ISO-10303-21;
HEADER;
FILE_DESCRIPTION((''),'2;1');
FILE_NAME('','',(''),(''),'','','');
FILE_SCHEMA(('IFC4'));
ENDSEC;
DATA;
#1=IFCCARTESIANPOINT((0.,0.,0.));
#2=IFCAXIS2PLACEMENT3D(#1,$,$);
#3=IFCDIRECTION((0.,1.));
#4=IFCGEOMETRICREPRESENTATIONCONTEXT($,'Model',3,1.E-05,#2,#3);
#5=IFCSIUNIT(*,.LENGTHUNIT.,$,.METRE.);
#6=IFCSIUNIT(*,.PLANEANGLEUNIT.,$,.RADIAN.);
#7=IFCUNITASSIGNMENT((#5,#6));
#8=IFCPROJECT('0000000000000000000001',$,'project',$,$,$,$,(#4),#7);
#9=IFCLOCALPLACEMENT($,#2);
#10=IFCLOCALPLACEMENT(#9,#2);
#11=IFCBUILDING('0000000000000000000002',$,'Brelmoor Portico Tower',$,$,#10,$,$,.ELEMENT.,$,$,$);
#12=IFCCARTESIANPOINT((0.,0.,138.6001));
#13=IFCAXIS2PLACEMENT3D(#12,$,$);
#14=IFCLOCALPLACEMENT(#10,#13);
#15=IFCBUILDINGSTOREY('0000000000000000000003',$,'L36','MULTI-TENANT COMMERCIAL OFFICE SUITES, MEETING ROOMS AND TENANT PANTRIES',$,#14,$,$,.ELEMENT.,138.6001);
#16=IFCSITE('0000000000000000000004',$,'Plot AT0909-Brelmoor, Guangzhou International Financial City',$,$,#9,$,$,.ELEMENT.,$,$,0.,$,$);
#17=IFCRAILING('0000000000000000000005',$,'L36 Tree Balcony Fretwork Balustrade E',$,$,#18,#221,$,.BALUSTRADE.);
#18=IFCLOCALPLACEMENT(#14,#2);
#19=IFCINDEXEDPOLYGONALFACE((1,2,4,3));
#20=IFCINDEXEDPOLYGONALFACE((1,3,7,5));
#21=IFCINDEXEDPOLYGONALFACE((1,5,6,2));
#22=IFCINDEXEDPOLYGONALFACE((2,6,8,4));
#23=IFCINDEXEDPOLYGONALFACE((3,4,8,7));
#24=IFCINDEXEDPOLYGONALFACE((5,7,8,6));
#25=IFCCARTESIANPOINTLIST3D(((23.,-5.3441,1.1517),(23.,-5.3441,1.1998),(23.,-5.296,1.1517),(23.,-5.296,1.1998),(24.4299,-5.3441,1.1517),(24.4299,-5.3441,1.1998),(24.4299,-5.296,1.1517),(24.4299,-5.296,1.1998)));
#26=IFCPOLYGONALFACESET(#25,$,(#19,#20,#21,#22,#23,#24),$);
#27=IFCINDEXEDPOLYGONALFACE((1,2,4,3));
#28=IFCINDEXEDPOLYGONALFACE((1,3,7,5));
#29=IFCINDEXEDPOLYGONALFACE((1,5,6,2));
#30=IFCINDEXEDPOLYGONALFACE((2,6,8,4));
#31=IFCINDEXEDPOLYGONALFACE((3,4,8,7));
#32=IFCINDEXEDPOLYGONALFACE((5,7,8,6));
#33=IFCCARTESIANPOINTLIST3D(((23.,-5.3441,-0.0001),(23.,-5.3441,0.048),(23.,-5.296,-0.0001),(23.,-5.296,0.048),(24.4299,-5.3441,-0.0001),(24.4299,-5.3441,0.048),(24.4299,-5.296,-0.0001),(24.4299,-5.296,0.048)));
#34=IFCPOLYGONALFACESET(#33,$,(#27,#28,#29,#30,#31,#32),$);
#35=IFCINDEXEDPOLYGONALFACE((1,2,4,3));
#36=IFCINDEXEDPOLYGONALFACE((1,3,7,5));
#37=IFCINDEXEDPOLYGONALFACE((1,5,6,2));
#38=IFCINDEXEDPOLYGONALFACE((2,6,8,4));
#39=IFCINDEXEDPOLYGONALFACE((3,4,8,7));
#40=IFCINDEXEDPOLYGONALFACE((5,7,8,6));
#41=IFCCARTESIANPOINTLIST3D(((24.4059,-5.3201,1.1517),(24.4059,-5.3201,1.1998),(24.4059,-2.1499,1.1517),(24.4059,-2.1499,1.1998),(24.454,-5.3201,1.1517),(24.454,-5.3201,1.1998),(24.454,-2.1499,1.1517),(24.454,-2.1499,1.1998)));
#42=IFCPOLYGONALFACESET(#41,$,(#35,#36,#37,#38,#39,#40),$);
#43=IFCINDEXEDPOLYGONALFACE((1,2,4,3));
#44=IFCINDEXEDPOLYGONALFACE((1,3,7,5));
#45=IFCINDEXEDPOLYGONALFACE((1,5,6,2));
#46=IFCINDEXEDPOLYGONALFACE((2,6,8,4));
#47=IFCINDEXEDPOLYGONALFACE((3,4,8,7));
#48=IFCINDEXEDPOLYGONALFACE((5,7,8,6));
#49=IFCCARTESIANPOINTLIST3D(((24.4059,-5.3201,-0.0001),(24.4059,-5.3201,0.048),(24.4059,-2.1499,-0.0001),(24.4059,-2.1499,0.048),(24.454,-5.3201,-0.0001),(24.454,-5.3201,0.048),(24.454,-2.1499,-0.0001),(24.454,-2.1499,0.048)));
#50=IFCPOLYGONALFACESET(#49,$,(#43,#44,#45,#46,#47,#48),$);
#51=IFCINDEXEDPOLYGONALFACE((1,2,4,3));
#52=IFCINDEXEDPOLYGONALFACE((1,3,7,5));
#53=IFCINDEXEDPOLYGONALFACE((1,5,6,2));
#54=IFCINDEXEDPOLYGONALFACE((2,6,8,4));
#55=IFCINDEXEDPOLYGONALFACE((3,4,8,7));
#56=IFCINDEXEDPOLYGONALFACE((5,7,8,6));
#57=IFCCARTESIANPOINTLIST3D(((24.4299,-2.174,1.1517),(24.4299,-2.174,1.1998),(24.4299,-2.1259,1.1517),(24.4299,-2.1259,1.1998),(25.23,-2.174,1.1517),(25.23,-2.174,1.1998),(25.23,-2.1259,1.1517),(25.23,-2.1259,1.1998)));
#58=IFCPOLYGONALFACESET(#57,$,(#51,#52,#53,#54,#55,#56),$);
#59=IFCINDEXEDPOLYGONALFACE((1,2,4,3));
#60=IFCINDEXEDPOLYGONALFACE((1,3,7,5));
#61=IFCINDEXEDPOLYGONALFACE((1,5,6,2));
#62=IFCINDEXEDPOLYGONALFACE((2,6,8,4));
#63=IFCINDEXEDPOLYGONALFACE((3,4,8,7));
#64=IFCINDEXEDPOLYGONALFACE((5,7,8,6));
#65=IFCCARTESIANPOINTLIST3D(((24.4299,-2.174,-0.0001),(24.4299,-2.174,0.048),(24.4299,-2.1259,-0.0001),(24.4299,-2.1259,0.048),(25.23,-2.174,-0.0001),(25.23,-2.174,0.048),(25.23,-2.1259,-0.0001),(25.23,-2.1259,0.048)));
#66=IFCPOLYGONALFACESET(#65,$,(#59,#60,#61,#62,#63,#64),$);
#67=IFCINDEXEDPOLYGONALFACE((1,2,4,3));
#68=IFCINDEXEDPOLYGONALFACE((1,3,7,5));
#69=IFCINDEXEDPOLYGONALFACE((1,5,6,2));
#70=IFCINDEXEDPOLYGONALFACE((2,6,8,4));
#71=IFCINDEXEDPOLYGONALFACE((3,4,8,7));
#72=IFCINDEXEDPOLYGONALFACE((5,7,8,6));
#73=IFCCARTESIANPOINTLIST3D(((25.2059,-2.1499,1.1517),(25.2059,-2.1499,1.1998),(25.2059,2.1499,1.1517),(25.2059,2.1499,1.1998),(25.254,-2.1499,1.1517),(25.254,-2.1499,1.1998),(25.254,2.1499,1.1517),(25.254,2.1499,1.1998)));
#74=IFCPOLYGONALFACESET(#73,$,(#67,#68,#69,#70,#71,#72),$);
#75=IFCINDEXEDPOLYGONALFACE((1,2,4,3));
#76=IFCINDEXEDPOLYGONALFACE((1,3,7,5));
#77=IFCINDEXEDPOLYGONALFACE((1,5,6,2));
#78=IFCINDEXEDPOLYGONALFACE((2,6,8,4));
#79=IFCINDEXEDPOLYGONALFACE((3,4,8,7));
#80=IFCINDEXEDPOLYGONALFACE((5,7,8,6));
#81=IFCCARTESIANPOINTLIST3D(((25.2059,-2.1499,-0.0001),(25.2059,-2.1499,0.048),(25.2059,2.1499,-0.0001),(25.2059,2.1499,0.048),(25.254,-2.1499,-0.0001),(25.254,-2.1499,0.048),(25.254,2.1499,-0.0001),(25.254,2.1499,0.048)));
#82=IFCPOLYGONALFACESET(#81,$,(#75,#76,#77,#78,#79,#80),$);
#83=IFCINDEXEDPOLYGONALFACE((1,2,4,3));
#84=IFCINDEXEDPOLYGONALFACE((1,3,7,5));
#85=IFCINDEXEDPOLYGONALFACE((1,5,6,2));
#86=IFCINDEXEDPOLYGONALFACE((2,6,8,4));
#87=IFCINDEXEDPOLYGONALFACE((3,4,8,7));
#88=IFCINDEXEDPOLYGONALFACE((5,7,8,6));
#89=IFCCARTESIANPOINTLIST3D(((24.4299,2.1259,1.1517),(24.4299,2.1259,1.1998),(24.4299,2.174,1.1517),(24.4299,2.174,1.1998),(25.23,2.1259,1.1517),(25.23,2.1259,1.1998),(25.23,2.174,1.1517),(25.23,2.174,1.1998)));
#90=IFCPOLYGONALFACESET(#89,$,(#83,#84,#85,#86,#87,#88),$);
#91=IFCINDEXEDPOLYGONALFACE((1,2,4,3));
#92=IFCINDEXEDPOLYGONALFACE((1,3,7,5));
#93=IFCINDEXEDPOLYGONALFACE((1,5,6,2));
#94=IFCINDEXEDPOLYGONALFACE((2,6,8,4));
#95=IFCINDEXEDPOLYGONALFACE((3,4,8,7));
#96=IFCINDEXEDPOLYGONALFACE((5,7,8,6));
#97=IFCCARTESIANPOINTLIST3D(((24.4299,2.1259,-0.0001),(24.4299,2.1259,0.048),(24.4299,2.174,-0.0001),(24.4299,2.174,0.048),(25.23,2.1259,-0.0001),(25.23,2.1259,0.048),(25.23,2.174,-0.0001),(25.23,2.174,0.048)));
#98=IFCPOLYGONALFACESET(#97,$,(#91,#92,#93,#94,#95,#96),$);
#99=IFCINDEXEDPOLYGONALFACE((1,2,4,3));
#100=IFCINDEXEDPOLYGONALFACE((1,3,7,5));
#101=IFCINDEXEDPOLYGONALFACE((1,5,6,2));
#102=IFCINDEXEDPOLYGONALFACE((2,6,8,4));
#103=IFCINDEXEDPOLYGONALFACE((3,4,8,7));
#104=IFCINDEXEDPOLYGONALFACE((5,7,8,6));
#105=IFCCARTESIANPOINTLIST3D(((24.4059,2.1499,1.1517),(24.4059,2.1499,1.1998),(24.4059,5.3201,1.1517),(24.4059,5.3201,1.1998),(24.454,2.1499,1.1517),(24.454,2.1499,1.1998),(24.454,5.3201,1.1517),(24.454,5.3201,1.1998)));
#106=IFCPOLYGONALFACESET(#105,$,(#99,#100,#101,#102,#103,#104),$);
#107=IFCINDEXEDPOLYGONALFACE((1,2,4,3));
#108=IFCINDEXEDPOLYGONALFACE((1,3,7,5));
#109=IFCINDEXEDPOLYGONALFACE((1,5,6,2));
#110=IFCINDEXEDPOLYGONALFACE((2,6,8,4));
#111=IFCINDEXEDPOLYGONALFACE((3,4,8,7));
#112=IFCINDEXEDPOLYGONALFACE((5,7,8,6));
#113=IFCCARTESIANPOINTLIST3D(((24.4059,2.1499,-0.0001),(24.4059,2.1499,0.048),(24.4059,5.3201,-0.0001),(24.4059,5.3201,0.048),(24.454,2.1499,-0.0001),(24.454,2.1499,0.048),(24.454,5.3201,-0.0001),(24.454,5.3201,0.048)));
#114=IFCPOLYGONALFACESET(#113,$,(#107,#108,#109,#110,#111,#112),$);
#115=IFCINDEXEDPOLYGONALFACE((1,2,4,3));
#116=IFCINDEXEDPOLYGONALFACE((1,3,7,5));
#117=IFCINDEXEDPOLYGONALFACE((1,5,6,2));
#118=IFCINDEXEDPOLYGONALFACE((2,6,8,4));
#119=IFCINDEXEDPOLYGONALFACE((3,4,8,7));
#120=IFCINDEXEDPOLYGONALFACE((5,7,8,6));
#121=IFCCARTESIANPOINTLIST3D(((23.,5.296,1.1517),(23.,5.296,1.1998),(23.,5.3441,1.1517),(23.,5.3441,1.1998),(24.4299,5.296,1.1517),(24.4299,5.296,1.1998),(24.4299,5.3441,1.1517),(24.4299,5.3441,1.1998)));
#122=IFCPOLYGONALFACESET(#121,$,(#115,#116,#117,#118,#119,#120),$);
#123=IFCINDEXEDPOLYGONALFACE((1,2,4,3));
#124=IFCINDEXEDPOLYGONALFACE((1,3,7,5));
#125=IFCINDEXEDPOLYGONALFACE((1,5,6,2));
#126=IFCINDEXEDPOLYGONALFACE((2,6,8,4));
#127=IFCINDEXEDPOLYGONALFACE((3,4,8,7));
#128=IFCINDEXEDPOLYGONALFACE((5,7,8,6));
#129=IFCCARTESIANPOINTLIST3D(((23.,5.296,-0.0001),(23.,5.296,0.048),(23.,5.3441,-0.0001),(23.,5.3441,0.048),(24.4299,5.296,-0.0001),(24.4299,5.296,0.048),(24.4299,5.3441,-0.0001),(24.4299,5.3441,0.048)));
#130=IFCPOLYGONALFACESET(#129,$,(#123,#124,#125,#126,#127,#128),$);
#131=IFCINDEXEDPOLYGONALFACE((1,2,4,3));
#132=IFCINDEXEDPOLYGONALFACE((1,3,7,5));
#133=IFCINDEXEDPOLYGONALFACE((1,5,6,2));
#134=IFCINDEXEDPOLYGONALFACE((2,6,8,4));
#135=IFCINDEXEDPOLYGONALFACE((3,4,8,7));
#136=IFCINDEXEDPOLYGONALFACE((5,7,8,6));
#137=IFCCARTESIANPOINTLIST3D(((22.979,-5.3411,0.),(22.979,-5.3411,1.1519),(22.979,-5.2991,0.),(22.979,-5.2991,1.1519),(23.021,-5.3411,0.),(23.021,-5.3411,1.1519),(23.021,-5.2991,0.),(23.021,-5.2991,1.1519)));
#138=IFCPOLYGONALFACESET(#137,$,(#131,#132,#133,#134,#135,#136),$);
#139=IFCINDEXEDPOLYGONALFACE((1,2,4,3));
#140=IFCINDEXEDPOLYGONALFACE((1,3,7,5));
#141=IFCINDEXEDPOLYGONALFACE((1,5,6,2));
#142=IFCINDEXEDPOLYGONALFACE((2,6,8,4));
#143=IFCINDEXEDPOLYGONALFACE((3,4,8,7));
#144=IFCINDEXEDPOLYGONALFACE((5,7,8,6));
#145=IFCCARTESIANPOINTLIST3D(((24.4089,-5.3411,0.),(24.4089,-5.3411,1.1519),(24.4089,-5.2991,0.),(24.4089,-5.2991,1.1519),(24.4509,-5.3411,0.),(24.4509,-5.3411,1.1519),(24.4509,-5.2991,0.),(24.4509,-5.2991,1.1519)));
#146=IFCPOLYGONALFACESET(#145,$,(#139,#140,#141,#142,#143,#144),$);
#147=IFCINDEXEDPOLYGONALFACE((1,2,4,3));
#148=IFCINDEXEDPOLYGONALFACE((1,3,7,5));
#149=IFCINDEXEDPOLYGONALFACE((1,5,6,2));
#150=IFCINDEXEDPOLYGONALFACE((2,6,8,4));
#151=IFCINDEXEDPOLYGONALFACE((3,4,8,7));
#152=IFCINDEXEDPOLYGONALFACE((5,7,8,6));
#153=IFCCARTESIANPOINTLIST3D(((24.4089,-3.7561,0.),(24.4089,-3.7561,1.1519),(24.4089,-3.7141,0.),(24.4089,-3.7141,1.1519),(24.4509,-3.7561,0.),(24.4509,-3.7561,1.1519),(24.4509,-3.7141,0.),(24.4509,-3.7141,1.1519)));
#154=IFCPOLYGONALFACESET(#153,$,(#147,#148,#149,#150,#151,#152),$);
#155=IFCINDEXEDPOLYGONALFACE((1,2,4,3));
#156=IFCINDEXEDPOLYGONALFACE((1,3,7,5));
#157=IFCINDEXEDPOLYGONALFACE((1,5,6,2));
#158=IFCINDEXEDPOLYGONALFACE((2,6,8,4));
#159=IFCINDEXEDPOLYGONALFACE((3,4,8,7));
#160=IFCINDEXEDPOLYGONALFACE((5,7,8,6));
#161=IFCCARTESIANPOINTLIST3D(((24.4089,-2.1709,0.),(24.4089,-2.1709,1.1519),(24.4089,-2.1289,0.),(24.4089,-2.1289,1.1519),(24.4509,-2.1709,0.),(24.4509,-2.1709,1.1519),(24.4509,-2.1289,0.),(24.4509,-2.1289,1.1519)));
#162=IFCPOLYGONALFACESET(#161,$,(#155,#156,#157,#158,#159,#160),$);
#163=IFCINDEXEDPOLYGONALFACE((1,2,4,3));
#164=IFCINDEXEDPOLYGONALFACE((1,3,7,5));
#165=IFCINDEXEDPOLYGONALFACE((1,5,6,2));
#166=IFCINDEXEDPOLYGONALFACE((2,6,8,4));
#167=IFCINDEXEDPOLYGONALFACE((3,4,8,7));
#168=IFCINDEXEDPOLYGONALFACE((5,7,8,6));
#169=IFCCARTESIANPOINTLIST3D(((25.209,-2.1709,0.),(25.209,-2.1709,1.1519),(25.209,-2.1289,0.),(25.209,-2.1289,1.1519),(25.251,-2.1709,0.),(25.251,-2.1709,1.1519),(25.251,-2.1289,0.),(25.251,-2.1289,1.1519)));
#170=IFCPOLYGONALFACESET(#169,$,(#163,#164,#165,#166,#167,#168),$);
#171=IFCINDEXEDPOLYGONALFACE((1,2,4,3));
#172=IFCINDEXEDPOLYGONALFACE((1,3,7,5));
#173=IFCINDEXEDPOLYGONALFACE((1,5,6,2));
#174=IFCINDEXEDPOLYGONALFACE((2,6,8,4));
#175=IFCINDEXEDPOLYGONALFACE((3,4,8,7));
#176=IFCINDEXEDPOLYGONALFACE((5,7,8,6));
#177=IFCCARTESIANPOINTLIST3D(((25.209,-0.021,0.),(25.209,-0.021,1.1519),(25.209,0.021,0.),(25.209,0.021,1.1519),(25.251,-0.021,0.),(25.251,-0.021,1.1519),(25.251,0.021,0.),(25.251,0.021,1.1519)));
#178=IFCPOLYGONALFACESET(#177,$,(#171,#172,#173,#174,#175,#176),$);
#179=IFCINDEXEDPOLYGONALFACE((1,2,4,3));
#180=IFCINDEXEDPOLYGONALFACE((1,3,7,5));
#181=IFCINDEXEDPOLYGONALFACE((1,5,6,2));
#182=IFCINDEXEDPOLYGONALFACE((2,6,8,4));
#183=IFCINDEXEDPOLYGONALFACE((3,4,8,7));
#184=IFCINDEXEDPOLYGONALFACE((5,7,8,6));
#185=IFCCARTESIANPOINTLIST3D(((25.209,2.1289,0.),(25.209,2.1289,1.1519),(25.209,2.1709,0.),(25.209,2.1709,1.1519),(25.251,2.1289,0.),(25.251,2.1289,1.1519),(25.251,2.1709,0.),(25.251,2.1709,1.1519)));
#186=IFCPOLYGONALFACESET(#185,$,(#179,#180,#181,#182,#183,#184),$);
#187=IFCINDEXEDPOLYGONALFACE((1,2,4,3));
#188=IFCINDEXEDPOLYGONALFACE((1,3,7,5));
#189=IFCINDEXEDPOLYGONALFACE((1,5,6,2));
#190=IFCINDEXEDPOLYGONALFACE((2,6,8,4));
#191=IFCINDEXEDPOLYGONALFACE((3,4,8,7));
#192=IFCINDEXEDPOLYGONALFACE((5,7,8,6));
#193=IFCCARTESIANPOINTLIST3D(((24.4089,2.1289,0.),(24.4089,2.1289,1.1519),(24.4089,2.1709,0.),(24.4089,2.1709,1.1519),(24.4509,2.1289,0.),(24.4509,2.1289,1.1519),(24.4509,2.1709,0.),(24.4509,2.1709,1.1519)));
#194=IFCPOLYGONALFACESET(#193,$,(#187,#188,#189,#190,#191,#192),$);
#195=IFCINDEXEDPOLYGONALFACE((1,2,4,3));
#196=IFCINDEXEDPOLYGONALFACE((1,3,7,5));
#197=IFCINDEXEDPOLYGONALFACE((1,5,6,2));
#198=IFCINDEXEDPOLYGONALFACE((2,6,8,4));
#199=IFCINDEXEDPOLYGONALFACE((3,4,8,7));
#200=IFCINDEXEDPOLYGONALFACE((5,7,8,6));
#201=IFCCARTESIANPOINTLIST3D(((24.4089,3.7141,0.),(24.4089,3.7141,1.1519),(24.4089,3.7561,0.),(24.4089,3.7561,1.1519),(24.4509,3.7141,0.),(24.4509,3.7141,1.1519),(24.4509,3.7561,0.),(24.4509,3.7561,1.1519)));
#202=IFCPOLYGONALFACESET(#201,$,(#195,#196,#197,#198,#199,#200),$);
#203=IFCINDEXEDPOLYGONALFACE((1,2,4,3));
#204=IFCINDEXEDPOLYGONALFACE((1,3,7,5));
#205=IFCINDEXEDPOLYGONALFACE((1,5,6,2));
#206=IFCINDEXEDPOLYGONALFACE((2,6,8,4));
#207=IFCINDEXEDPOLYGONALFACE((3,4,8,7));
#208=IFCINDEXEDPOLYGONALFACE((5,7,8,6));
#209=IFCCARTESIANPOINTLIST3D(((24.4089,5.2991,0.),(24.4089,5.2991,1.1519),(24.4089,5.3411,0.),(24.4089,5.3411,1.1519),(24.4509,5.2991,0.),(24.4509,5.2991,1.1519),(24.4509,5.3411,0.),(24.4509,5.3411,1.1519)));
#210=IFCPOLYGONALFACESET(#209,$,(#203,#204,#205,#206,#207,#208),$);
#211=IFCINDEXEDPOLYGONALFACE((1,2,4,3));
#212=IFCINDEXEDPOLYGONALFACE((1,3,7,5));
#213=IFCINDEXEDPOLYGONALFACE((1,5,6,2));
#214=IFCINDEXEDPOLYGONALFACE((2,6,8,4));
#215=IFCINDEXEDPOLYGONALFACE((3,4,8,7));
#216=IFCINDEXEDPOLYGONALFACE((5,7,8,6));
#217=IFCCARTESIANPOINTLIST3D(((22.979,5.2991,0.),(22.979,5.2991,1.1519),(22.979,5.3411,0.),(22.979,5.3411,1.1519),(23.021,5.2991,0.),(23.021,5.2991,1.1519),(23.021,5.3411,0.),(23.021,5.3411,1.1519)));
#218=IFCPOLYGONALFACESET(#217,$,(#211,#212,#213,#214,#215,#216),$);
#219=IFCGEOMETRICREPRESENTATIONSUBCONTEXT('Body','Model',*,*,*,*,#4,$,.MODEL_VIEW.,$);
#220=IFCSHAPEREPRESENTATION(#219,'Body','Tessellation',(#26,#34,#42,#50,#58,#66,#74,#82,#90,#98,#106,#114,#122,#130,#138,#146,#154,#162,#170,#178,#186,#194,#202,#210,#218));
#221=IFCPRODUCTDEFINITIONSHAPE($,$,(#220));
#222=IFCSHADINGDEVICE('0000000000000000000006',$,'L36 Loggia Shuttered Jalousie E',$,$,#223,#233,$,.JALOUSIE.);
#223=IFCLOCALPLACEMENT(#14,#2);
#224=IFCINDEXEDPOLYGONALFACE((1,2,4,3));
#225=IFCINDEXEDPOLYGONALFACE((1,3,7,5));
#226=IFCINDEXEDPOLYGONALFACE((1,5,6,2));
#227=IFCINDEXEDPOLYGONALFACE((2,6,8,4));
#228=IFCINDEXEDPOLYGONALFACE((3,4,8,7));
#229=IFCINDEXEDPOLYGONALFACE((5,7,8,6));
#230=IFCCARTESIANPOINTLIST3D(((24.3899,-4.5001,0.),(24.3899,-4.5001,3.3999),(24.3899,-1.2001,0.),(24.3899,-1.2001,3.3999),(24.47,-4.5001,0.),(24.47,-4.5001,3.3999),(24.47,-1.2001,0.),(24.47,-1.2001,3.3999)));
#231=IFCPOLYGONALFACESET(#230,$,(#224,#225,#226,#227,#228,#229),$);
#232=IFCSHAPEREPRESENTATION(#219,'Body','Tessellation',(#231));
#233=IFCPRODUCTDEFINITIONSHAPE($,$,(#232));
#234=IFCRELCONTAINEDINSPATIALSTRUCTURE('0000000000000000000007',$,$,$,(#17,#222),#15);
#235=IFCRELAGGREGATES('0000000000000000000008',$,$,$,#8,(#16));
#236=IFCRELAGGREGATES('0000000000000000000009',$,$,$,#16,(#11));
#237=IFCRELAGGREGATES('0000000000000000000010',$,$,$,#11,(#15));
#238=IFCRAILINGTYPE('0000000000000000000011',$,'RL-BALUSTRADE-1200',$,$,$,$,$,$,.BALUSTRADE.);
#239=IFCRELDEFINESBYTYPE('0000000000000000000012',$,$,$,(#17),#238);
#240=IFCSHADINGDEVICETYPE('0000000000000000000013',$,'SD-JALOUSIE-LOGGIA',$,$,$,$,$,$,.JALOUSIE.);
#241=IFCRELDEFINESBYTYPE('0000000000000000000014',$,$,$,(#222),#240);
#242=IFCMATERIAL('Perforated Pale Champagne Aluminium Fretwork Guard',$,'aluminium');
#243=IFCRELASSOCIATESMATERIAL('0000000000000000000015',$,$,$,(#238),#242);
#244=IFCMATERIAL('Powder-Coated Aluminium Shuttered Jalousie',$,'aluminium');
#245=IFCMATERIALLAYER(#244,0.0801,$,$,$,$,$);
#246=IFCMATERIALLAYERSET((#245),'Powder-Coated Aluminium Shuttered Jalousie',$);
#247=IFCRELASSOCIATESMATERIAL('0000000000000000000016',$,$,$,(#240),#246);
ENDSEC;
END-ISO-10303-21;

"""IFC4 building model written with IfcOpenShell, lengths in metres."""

from ifc_helpers import new_model, si_unit, direction, frame, origin, origin_2d, place, context, subcontext, project, spatial, rectangle, extrude, material, layer, layer_set, type_object, element, save


model = new_model("IFC4")

# Units and contexts
model_context = context("Model", 3, precision=1e-05, world=origin(), true_north=direction((0.0, 1.0)))
body_context = subcontext(model_context, "Body", "Model", "MODEL_VIEW")
ifc_project = project(units=[si_unit("LENGTHUNIT", "METRE"), si_unit("PLANEANGLEUNIT", "RADIAN")], contexts=[model_context])

# Site, building, storey
site_placement = place(None, origin())
site = spatial("IfcSite", under=ifc_project, at=site_placement, Name="Plot AT0909-Brelmoor, Guangzhou International Financial City", CompositionType="ELEMENT", RefElevation=0.0)
building_placement = place(site_placement, origin())
building = spatial("IfcBuilding", under=site, at=building_placement, Name="Brelmoor Portico Tower", CompositionType="ELEMENT")
storey_placement = place(building_placement, frame((0.0, 0.0, 138.6001)))
storey = spatial("IfcBuildingStorey", under=building, at=storey_placement, Name="L36", Description="MULTI-TENANT COMMERCIAL OFFICE SUITES, MEETING ROOMS AND TENANT PANTRIES", CompositionType="ELEMENT", Elevation=138.6001)

# Railing
ifc_material_1 = material(Name="Perforated Pale Champagne Aluminium Fretwork Guard", Category="aluminium")
railing_type = type_object("IfcRailingType", Name="RL-BALUSTRADE-1200", PredefinedType="BALUSTRADE", material=ifc_material_1)
railing_placement = place(storey_placement, frame((23.0, -5.3201, 0.0)))
element("IfcRailing", 1, at=railing_placement, inside=storey, type_object=railing_type, Name="L36 Tree Balcony Fretwork Balustrade E", PredefinedType="BALUSTRADE", context=body_context, shape_type="SweptSolid", body=[
    extrude(rectangle(XDim=0.0481, YDim=0.0481, at=origin_2d()), frame((0.0, 0.0, 1.1758), z_axis=(1.0, 0.0, 0.0), x_axis=(0.0, 1.0, 0.0)), (0.0, 0.0, 1.0), 1.4299),
    extrude(rectangle(XDim=0.0481, YDim=0.0481, at=origin_2d()), frame((0.0, 0.0, 0.0239), z_axis=(1.0, 0.0, 0.0), x_axis=(0.0, 1.0, 0.0)), (0.0, 0.0, 1.0), 1.4299),
    extrude(rectangle(XDim=0.0481, YDim=0.0481, at=origin_2d()), frame((1.4299, 0.0, 1.1758), z_axis=(0.0, 1.0, 0.0), x_axis=(-1.0, 0.0, 0.0)), (0.0, 0.0, 1.0), 3.1702),
    extrude(rectangle(XDim=0.0481, YDim=0.0481, at=origin_2d()), frame((1.4299, 0.0, 0.0239), z_axis=(0.0, 1.0, 0.0), x_axis=(-1.0, 0.0, 0.0)), (0.0, 0.0, 1.0), 3.1702),
    extrude(rectangle(XDim=0.0481, YDim=0.0481, at=origin_2d()), frame((1.4299, 3.1702, 1.1758), z_axis=(1.0, 0.0, 0.0), x_axis=(0.0, 1.0, 0.0)), (0.0, 0.0, 1.0), 0.8),
    extrude(rectangle(XDim=0.0481, YDim=0.0481, at=origin_2d()), frame((1.4299, 3.1702, 0.0239), z_axis=(1.0, 0.0, 0.0), x_axis=(0.0, 1.0, 0.0)), (0.0, 0.0, 1.0), 0.8),
    extrude(rectangle(XDim=0.0481, YDim=0.0481, at=origin_2d()), frame((2.23, 3.1702, 1.1758), z_axis=(0.0, 1.0, 0.0), x_axis=(-1.0, 0.0, 0.0)), (0.0, 0.0, 1.0), 4.2998),
    extrude(rectangle(XDim=0.0481, YDim=0.0481, at=origin_2d()), frame((2.23, 3.1702, 0.0239), z_axis=(0.0, 1.0, 0.0), x_axis=(-1.0, 0.0, 0.0)), (0.0, 0.0, 1.0), 4.2998),
    extrude(rectangle(XDim=0.0481, YDim=0.0481, at=origin_2d()), frame((2.23, 7.47, 1.1758), z_axis=(-1.0, 0.0, 0.0), x_axis=(0.0, -1.0, 0.0)), (0.0, 0.0, 1.0), 0.8),
    extrude(rectangle(XDim=0.0481, YDim=0.0481, at=origin_2d()), frame((2.23, 7.47, 0.0239), z_axis=(-1.0, 0.0, 0.0), x_axis=(0.0, -1.0, 0.0)), (0.0, 0.0, 1.0), 0.8),
    extrude(rectangle(XDim=0.0481, YDim=0.0481, at=origin_2d()), frame((1.4299, 7.47, 1.1758), z_axis=(0.0, 1.0, 0.0), x_axis=(-1.0, 0.0, 0.0)), (0.0, 0.0, 1.0), 3.1702),
    extrude(rectangle(XDim=0.0481, YDim=0.0481, at=origin_2d()), frame((1.4299, 7.47, 0.0239), z_axis=(0.0, 1.0, 0.0), x_axis=(-1.0, 0.0, 0.0)), (0.0, 0.0, 1.0), 3.1702),
    extrude(rectangle(XDim=0.0481, YDim=0.0481, at=origin_2d()), frame((1.4299, 10.6401, 1.1758), z_axis=(-1.0, 0.0, 0.0), x_axis=(0.0, -1.0, 0.0)), (0.0, 0.0, 1.0), 1.4299),
    extrude(rectangle(XDim=0.0481, YDim=0.0481, at=origin_2d()), frame((1.4299, 10.6401, 0.0239), z_axis=(-1.0, 0.0, 0.0), x_axis=(0.0, -1.0, 0.0)), (0.0, 0.0, 1.0), 1.4299),
    extrude(rectangle(XDim=0.042, YDim=0.042, at=origin_2d()), origin(), (0.0, 0.0, 1.0), 1.1519),
    extrude(rectangle(XDim=0.042, YDim=0.042, at=origin_2d()), frame((1.4299, 0.0, 0.0)), (0.0, 0.0, 1.0), 1.1519),
    extrude(rectangle(XDim=0.042, YDim=0.042, at=origin_2d()), frame((1.4299, 1.585, 0.0)), (0.0, 0.0, 1.0), 1.1519),
    extrude(rectangle(XDim=0.042, YDim=0.042, at=origin_2d()), frame((1.4299, 3.1702, 0.0)), (0.0, 0.0, 1.0), 1.1519),
    extrude(rectangle(XDim=0.042, YDim=0.042, at=origin_2d()), frame((2.23, 3.1702, 0.0)), (0.0, 0.0, 1.0), 1.1519),
    extrude(rectangle(XDim=0.042, YDim=0.042, at=origin_2d()), frame((2.23, 5.3201, 0.0)), (0.0, 0.0, 1.0), 1.1519),
    extrude(rectangle(XDim=0.042, YDim=0.042, at=origin_2d()), frame((2.23, 7.47, 0.0)), (0.0, 0.0, 1.0), 1.1519),
    extrude(rectangle(XDim=0.042, YDim=0.042, at=origin_2d()), frame((1.4299, 7.47, 0.0)), (0.0, 0.0, 1.0), 1.1519),
    extrude(rectangle(XDim=0.042, YDim=0.042, at=origin_2d()), frame((1.4299, 9.0552, 0.0)), (0.0, 0.0, 1.0), 1.1519),
    extrude(rectangle(XDim=0.042, YDim=0.042, at=origin_2d()), frame((1.4299, 10.6401, 0.0)), (0.0, 0.0, 1.0), 1.1519),
    extrude(rectangle(XDim=0.042, YDim=0.042, at=origin_2d()), frame((0.0, 10.6401, 0.0)), (0.0, 0.0, 1.0), 1.1519),
])

# Shading device
ifc_material_2 = material(Name="Powder-Coated Aluminium Shuttered Jalousie", Category="aluminium")
ifc_layer_1 = layer(ifc_material_2, 0.0801)
ifc_layer_set_1 = layer_set([ifc_layer_1], Name="Powder-Coated Aluminium Shuttered Jalousie")
shading_device_type = type_object("IfcShadingDeviceType", Name="SD-JALOUSIE-LOGGIA", PredefinedType="JALOUSIE", material=ifc_layer_set_1)
shading_device_placement = place(storey_placement, frame((24.4299, -2.8501, 0.0), z_axis=(0.0, 0.0, 1.0), x_axis=(0.0, 1.0, 0.0)))
element("IfcShadingDevice", 2, at=shading_device_placement, inside=storey, type_object=shading_device_type, Name="L36 Loggia Shuttered Jalousie E", PredefinedType="JALOUSIE", context=body_context, shape_type="SweptSolid", body=[
    extrude(rectangle(XDim=3.3, YDim=0.0801, at=origin_2d()), origin(), (0.0, 0.0, 1.0), 3.3999),
])

save(model, "model.ifc")
